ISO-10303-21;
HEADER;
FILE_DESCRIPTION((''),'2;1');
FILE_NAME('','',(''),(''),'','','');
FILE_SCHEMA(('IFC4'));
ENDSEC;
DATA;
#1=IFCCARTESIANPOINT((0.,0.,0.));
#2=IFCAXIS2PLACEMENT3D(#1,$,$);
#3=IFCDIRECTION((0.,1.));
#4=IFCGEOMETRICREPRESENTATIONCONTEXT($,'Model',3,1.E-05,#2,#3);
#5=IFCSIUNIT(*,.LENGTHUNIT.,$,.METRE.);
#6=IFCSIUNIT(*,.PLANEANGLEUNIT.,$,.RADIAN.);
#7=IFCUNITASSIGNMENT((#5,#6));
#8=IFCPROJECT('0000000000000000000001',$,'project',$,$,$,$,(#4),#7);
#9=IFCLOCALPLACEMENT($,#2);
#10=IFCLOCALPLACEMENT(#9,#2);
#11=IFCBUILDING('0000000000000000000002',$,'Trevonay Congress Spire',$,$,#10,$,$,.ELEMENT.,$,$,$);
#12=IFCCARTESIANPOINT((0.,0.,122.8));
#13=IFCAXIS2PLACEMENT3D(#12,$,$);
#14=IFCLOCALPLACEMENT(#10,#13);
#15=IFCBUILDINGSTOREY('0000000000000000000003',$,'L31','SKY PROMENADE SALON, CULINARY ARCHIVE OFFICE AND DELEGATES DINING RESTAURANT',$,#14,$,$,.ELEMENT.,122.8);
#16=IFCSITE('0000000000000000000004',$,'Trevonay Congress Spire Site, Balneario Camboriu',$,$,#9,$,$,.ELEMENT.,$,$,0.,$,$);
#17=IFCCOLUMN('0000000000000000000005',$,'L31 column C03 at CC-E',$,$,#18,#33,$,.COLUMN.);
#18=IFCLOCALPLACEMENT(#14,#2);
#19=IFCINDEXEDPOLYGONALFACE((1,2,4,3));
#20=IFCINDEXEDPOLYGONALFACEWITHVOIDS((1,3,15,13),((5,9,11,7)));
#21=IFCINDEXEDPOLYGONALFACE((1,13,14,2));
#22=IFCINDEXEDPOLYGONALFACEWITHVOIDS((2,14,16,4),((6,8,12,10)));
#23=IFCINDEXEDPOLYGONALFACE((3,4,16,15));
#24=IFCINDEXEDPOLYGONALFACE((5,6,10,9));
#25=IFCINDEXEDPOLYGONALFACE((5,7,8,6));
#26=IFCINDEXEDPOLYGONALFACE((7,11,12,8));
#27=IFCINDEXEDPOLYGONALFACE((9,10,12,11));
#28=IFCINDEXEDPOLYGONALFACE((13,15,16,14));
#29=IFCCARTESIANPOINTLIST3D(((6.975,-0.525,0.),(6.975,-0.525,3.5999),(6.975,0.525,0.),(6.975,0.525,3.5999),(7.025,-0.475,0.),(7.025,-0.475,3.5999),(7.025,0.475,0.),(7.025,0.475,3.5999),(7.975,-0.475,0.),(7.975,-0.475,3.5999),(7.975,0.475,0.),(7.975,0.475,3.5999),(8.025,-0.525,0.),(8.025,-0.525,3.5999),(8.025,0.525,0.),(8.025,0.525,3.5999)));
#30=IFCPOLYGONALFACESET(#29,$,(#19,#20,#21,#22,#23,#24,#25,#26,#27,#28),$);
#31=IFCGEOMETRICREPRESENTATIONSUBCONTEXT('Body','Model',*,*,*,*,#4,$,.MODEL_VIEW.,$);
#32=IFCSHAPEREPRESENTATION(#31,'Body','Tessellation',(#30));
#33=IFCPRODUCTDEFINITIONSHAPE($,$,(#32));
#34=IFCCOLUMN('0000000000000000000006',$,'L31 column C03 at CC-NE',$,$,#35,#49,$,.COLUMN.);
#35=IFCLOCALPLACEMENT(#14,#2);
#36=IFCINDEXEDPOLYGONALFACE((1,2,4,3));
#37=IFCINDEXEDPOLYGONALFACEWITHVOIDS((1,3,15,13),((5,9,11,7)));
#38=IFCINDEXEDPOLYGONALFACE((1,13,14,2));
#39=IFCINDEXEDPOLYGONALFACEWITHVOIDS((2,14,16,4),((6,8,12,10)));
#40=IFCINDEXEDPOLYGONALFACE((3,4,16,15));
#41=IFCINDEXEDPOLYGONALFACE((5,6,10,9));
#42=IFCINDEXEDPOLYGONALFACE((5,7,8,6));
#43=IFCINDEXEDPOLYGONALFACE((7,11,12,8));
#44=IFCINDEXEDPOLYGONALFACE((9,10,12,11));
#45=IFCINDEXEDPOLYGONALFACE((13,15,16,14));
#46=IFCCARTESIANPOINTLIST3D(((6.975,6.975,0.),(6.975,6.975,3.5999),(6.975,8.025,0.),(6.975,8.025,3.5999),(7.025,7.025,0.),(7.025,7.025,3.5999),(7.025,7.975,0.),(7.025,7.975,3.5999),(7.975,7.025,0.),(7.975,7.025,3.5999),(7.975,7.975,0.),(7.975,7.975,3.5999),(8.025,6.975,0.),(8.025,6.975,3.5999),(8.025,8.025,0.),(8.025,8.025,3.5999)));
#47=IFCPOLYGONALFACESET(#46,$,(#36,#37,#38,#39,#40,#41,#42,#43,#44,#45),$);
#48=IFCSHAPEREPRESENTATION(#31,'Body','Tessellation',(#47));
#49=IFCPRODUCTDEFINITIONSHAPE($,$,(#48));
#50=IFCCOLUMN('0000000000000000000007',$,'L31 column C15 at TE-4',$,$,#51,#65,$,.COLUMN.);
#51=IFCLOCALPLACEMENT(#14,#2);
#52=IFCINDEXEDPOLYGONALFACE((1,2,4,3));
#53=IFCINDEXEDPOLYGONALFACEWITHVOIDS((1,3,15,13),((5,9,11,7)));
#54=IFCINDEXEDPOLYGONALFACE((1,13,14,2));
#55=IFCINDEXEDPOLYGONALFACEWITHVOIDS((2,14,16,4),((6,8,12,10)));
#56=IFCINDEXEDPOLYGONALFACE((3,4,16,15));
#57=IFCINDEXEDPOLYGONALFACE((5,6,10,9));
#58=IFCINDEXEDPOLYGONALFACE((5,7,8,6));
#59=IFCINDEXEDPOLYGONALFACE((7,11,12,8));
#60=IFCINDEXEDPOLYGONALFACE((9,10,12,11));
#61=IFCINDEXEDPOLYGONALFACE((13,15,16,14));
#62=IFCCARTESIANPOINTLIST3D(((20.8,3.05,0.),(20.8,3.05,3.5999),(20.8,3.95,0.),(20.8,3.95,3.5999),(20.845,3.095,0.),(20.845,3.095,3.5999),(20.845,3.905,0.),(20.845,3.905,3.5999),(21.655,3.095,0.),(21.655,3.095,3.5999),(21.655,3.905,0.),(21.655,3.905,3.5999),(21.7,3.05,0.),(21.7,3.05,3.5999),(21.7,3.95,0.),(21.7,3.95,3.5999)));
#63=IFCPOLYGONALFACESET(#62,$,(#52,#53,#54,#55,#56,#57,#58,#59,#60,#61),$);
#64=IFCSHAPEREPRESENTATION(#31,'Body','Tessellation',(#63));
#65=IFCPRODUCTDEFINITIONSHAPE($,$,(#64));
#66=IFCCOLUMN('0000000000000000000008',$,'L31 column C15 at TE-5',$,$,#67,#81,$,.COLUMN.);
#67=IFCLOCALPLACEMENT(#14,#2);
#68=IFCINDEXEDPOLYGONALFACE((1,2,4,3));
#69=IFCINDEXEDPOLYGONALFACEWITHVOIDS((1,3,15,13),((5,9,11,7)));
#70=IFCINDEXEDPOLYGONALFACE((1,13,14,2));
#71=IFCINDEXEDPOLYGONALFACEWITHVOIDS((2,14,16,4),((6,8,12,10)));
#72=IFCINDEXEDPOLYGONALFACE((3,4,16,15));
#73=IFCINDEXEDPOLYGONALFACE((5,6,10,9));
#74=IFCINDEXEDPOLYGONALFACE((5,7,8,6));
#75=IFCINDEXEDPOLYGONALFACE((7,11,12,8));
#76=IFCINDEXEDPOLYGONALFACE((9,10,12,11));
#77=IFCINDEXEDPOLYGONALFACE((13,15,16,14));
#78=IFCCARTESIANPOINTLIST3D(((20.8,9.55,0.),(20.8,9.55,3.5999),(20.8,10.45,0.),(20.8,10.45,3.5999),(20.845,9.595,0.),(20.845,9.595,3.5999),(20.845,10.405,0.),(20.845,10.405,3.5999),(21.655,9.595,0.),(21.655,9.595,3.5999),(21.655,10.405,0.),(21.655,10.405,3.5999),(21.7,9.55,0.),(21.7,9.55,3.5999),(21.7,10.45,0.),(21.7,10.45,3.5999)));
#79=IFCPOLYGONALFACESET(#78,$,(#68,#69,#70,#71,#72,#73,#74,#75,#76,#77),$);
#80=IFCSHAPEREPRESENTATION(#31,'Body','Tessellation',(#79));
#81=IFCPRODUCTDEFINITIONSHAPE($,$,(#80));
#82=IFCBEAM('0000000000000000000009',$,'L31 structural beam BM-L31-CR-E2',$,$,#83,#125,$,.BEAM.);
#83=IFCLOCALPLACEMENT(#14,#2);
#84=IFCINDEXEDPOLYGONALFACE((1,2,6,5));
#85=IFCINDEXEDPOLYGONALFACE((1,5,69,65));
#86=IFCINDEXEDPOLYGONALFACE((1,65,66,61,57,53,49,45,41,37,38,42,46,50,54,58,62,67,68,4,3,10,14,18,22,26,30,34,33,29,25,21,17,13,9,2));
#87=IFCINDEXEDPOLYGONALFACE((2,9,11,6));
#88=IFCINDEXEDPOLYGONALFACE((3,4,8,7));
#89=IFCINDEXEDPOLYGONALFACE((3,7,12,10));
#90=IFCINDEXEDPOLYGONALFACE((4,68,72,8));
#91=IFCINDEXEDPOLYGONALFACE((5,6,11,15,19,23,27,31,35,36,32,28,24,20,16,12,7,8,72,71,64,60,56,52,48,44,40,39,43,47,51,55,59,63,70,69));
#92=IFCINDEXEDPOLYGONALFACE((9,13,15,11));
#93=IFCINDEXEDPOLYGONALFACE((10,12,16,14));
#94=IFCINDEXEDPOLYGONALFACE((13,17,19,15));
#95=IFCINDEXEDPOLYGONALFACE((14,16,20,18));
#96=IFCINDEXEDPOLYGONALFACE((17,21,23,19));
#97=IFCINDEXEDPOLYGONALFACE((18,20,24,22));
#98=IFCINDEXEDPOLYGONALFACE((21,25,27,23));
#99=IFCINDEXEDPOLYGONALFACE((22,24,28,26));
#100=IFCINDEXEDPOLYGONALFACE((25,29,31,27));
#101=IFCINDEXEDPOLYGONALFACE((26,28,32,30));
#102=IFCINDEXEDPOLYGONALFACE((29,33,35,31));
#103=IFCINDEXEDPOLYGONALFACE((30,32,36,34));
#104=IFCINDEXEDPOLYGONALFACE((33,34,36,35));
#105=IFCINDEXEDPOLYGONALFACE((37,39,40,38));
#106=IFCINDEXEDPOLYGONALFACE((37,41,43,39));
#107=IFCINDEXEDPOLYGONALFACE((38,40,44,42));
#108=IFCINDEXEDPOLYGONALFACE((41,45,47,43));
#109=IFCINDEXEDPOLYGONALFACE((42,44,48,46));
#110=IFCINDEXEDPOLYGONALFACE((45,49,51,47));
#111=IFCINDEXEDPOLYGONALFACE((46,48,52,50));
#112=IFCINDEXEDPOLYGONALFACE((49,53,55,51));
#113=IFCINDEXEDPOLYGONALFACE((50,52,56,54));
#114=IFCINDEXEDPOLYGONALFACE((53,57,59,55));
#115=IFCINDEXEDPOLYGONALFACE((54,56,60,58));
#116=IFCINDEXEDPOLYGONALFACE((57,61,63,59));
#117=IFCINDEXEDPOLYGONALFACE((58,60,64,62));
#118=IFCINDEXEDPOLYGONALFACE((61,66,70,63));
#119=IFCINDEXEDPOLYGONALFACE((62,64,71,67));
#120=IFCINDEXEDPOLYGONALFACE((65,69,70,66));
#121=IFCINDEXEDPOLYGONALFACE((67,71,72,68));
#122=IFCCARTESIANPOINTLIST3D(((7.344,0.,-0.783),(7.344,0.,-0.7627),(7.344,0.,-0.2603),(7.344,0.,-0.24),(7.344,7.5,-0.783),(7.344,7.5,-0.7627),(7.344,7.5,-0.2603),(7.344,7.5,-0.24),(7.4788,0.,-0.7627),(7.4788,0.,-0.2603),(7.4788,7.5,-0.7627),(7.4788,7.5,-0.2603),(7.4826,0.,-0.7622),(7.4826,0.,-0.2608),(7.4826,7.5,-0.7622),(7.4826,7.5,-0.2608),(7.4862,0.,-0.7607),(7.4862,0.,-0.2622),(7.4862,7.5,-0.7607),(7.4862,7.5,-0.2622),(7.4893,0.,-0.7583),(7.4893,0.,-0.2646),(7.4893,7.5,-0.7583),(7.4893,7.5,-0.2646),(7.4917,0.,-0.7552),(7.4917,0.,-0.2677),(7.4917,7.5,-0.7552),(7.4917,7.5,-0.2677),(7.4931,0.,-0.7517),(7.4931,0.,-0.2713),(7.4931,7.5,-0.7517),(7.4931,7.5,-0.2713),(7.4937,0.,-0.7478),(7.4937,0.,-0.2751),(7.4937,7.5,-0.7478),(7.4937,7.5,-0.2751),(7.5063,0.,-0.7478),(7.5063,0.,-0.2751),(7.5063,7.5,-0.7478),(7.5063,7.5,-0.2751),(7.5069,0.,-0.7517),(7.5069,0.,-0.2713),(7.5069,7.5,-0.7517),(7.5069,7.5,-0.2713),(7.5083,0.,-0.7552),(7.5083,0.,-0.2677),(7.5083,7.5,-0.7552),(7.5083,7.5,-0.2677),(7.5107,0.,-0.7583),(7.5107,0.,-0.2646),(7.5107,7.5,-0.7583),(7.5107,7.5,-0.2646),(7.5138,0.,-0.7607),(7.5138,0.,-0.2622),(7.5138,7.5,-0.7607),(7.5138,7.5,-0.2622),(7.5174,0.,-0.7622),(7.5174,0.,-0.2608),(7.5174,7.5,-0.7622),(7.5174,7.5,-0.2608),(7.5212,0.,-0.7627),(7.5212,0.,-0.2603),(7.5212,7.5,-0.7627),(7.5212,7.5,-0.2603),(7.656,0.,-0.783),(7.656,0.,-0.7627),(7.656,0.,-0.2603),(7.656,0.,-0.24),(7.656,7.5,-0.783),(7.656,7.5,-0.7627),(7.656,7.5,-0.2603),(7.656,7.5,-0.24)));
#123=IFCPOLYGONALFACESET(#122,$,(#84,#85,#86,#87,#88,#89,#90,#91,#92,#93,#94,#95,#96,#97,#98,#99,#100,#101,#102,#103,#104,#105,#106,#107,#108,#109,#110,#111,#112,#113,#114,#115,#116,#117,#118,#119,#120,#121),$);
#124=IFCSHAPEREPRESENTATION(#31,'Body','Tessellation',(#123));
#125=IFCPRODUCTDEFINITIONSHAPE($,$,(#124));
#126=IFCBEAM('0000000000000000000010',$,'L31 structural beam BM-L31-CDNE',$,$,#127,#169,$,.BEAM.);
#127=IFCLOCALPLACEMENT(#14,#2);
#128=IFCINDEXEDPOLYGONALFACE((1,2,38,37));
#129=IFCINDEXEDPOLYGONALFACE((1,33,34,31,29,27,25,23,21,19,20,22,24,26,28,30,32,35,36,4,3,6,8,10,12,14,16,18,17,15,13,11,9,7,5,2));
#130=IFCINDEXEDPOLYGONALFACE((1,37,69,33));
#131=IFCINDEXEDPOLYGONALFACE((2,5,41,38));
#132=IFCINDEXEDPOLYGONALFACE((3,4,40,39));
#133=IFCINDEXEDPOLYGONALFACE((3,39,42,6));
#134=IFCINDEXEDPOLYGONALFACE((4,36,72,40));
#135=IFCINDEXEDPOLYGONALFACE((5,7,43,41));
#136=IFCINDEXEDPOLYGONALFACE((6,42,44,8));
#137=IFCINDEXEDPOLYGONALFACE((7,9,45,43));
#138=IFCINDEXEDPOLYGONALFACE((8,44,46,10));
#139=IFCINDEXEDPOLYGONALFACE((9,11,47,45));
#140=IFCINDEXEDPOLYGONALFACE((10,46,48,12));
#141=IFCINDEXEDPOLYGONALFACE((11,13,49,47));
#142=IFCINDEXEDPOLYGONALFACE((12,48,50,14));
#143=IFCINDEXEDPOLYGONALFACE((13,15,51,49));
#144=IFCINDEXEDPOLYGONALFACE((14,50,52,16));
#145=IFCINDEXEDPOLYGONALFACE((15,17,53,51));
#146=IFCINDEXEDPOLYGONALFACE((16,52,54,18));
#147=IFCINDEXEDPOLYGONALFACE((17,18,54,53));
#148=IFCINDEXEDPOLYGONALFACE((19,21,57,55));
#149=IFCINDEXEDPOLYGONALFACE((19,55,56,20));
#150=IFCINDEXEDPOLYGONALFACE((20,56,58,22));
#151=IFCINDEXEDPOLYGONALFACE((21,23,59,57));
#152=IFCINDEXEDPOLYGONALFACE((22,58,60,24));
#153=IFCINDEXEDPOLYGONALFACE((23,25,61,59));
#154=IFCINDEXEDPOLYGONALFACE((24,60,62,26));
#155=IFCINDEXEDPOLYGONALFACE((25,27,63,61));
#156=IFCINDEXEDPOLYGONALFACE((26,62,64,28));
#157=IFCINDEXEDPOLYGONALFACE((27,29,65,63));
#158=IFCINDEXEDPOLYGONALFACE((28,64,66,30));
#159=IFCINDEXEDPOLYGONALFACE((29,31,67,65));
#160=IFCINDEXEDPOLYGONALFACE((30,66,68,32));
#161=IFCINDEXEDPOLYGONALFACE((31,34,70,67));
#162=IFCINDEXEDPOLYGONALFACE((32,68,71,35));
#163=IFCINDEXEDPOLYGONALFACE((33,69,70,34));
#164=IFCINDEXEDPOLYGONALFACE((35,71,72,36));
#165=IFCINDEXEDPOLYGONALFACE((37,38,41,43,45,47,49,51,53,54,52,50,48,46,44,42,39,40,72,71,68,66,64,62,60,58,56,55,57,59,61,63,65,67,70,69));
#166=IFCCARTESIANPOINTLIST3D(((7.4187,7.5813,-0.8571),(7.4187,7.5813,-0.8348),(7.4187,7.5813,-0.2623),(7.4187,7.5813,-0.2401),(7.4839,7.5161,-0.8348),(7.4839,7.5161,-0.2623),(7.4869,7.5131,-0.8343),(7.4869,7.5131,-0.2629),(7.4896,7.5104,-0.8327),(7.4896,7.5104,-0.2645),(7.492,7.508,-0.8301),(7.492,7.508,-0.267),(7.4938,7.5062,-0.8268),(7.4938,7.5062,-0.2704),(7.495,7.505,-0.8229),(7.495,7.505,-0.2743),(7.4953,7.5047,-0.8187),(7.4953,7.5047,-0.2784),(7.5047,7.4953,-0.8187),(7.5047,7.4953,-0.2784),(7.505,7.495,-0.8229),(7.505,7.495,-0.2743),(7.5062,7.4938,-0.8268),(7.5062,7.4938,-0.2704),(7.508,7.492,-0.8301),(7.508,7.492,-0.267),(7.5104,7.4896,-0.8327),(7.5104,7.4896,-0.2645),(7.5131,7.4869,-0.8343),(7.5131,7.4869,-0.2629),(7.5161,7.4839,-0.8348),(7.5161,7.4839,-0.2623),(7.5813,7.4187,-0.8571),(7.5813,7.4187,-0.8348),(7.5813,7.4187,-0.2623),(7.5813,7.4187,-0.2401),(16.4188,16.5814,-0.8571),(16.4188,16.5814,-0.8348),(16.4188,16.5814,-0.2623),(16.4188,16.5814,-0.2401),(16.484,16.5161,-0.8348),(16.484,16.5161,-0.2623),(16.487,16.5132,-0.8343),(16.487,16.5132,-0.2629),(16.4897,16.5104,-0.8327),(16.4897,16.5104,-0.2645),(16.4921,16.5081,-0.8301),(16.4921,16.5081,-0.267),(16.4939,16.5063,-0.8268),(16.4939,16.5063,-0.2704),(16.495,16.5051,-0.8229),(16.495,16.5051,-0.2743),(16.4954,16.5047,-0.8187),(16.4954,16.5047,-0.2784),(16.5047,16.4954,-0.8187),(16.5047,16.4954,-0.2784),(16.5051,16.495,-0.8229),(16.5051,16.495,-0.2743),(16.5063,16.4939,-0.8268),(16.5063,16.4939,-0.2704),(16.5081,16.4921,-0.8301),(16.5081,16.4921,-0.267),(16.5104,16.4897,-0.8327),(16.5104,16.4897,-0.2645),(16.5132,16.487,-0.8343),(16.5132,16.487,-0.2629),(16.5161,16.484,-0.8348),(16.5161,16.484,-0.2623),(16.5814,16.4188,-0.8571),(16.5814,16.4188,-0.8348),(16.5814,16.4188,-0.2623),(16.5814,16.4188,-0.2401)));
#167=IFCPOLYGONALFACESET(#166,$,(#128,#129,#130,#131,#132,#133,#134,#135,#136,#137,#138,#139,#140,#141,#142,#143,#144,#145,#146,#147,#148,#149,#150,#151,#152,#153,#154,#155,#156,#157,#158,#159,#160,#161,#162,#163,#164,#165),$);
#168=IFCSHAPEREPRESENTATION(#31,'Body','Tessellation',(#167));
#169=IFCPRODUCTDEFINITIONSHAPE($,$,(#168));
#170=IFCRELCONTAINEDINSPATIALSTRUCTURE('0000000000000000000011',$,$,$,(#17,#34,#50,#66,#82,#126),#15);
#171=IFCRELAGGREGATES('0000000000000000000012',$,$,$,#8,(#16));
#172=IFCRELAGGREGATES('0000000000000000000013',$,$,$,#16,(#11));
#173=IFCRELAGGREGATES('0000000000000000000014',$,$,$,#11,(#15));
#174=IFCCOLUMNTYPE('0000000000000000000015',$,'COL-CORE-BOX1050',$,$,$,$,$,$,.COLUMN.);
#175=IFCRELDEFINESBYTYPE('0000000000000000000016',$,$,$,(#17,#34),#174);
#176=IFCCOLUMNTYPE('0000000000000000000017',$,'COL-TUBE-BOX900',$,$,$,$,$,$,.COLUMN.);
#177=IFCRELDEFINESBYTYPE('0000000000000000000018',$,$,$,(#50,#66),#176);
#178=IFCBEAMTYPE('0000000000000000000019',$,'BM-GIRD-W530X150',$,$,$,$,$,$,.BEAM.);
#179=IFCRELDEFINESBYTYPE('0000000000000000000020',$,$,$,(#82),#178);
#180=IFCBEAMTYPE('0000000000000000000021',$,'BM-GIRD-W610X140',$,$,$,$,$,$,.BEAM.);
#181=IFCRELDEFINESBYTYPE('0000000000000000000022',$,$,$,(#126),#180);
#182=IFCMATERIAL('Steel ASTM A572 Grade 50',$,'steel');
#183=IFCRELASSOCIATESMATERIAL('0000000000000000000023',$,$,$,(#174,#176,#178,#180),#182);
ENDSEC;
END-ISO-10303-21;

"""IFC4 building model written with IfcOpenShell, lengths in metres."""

from ifc_helpers import new_model, si_unit, direction, frame, origin, origin_2d, place, context, subcontext, project, spatial, hollow_rectangle, i_section, extrude, material, material_profile, profile_set, type_object, element, save


model = new_model("IFC4")

# Units and contexts
model_context = context("Model", 3, precision=1e-05, world=origin(), true_north=direction((0.0, 1.0)))
body_context = subcontext(model_context, "Body", "Model", "MODEL_VIEW")
ifc_project = project(units=[si_unit("LENGTHUNIT", "METRE"), si_unit("PLANEANGLEUNIT", "RADIAN")], contexts=[model_context])

# Site, building, storey
site_placement = place(None, origin())
site = spatial("IfcSite", under=ifc_project, at=site_placement, Name="Trevonay Congress Spire Site, Balneario Camboriu", CompositionType="ELEMENT", RefElevation=0.0)
building_placement = place(site_placement, origin())
building = spatial("IfcBuilding", under=site, at=building_placement, Name="Trevonay Congress Spire", CompositionType="ELEMENT")
storey_placement = place(building_placement, frame((0.0, 0.0, 122.8)))
storey = spatial("IfcBuildingStorey", under=building, at=storey_placement, Name="L31", Description="SKY PROMENADE SALON, CULINARY ARCHIVE OFFICE AND DELEGATES DINING RESTAURANT", CompositionType="ELEMENT", Elevation=122.8)

# Columns
ifc_material_1 = material(Name="Steel ASTM A572 Grade 50", Category="steel")
ifc_material_profile_1 = material_profile(ifc_material_1, hollow_rectangle(XDim=1.05, YDim=1.05, WallThickness=0.05, at=origin_2d()), Name="BOX 1050x1050x50")
ifc_profile_set_1 = profile_set([ifc_material_profile_1], Name="Steel ASTM A572 Grade 50")
column_type_1 = type_object("IfcColumnType", Name="COL-CORE-BOX1050", PredefinedType="COLUMN", material=ifc_profile_set_1)
for number, where, z_axis, x_axis, name in (
    (1, (7.5, 0.0, 0.0), (0.0, 0.0, 1.0), (1.0, 0.0, 0.0), "L31 column C03 at CC-E"),
    (2, (7.5, 7.5, 0.0), (0.0, 0.0, 1.0), (1.0, 0.0, 0.0), "L31 column C03 at CC-NE"),
):
    element("IfcColumn", number, at=place(storey_placement, frame(where, z_axis=z_axis, x_axis=x_axis)), inside=storey, type_object=column_type_1, Name=name, PredefinedType="COLUMN", context=body_context, shape_type="SweptSolid", body=[
        extrude(hollow_rectangle(XDim=1.05, YDim=1.05, WallThickness=0.05, at=origin_2d()), origin(), (0.0, 0.0, 1.0), 3.5999),
    ])
ifc_material_profile_2 = material_profile(ifc_material_1, hollow_rectangle(XDim=0.8999, YDim=0.8999, WallThickness=0.0449, at=origin_2d()), Name="BOX 900x900x45")
ifc_profile_set_2 = profile_set([ifc_material_profile_2], Name="Steel ASTM A572 Grade 50")
column_type_2 = type_object("IfcColumnType", Name="COL-TUBE-BOX900", PredefinedType="COLUMN", material=ifc_profile_set_2)
for number, where, z_axis, x_axis, name in (
    (3, (21.25, 3.5, 0.0), (0.0, 0.0, 1.0), (1.0, 0.0, 0.0), "L31 column C15 at TE-4"),
    (4, (21.25, 10.0, 0.0), (0.0, 0.0, 1.0), (1.0, 0.0, 0.0), "L31 column C15 at TE-5"),
):
    element("IfcColumn", number, at=place(storey_placement, frame(where, z_axis=z_axis, x_axis=x_axis)), inside=storey, type_object=column_type_2, Name=name, PredefinedType="COLUMN", context=body_context, shape_type="SweptSolid", body=[
        extrude(hollow_rectangle(XDim=0.8999, YDim=0.8999, WallThickness=0.0449, at=origin_2d()), origin(), (0.0, 0.0, 1.0), 3.5999),
    ])

# Beams
ifc_material_profile_3 = material_profile(ifc_material_1, i_section(OverallWidth=0.312, OverallDepth=0.543, WebThickness=0.0127, FlangeThickness=0.0203, FilletRadius=0.0149, at=origin_2d()), Name="W530x150")
ifc_profile_set_3 = profile_set([ifc_material_profile_3], Name="Steel ASTM A572 Grade 50")
beam_type_1 = type_object("IfcBeamType", Name="BM-GIRD-W530X150", PredefinedType="BEAM", material=ifc_profile_set_3)
beam_1_placement = place(storey_placement, frame((7.5, 0.0, -0.5115), z_axis=(0.0, 1.0, 0.0), x_axis=(-1.0, 0.0, 0.0)))
element("IfcBeam", 5, at=beam_1_placement, inside=storey, type_object=beam_type_1, Name="L31 structural beam BM-L31-CR-E2", PredefinedType="BEAM", context=body_context, shape_type="SweptSolid", body=[
    extrude(i_section(OverallWidth=0.312, OverallDepth=0.543, WebThickness=0.0127, FlangeThickness=0.0203, FilletRadius=0.0149, at=origin_2d()), origin(), (0.0, 0.0, 1.0), 7.5),
])
ifc_material_profile_4 = material_profile(ifc_material_1, i_section(OverallWidth=0.23, OverallDepth=0.6169, WebThickness=0.0132, FlangeThickness=0.0222, FilletRadius=0.0161, at=origin_2d()), Name="W610x140")
ifc_profile_set_4 = profile_set([ifc_material_profile_4], Name="Steel ASTM A572 Grade 50")
beam_type_2 = type_object("IfcBeamType", Name="BM-GIRD-W610X140", PredefinedType="BEAM", material=ifc_profile_set_4)
beam_2_placement = place(storey_placement, frame((7.5, 7.5, -0.5486), z_axis=(0.707107, 0.707107, 0.0), x_axis=(-0.707107, 0.707107, 0.0)))
element("IfcBeam", 6, at=beam_2_placement, inside=storey, type_object=beam_type_2, Name="L31 structural beam BM-L31-CDNE", PredefinedType="BEAM", context=body_context, shape_type="SweptSolid", body=[
    extrude(i_section(OverallWidth=0.23, OverallDepth=0.6169, WebThickness=0.0132, FlangeThickness=0.0222, FilletRadius=0.0161, at=origin_2d()), origin(), (0.0, 0.0, 1.0), 12.728),
])

save(model, "model.ifc")
